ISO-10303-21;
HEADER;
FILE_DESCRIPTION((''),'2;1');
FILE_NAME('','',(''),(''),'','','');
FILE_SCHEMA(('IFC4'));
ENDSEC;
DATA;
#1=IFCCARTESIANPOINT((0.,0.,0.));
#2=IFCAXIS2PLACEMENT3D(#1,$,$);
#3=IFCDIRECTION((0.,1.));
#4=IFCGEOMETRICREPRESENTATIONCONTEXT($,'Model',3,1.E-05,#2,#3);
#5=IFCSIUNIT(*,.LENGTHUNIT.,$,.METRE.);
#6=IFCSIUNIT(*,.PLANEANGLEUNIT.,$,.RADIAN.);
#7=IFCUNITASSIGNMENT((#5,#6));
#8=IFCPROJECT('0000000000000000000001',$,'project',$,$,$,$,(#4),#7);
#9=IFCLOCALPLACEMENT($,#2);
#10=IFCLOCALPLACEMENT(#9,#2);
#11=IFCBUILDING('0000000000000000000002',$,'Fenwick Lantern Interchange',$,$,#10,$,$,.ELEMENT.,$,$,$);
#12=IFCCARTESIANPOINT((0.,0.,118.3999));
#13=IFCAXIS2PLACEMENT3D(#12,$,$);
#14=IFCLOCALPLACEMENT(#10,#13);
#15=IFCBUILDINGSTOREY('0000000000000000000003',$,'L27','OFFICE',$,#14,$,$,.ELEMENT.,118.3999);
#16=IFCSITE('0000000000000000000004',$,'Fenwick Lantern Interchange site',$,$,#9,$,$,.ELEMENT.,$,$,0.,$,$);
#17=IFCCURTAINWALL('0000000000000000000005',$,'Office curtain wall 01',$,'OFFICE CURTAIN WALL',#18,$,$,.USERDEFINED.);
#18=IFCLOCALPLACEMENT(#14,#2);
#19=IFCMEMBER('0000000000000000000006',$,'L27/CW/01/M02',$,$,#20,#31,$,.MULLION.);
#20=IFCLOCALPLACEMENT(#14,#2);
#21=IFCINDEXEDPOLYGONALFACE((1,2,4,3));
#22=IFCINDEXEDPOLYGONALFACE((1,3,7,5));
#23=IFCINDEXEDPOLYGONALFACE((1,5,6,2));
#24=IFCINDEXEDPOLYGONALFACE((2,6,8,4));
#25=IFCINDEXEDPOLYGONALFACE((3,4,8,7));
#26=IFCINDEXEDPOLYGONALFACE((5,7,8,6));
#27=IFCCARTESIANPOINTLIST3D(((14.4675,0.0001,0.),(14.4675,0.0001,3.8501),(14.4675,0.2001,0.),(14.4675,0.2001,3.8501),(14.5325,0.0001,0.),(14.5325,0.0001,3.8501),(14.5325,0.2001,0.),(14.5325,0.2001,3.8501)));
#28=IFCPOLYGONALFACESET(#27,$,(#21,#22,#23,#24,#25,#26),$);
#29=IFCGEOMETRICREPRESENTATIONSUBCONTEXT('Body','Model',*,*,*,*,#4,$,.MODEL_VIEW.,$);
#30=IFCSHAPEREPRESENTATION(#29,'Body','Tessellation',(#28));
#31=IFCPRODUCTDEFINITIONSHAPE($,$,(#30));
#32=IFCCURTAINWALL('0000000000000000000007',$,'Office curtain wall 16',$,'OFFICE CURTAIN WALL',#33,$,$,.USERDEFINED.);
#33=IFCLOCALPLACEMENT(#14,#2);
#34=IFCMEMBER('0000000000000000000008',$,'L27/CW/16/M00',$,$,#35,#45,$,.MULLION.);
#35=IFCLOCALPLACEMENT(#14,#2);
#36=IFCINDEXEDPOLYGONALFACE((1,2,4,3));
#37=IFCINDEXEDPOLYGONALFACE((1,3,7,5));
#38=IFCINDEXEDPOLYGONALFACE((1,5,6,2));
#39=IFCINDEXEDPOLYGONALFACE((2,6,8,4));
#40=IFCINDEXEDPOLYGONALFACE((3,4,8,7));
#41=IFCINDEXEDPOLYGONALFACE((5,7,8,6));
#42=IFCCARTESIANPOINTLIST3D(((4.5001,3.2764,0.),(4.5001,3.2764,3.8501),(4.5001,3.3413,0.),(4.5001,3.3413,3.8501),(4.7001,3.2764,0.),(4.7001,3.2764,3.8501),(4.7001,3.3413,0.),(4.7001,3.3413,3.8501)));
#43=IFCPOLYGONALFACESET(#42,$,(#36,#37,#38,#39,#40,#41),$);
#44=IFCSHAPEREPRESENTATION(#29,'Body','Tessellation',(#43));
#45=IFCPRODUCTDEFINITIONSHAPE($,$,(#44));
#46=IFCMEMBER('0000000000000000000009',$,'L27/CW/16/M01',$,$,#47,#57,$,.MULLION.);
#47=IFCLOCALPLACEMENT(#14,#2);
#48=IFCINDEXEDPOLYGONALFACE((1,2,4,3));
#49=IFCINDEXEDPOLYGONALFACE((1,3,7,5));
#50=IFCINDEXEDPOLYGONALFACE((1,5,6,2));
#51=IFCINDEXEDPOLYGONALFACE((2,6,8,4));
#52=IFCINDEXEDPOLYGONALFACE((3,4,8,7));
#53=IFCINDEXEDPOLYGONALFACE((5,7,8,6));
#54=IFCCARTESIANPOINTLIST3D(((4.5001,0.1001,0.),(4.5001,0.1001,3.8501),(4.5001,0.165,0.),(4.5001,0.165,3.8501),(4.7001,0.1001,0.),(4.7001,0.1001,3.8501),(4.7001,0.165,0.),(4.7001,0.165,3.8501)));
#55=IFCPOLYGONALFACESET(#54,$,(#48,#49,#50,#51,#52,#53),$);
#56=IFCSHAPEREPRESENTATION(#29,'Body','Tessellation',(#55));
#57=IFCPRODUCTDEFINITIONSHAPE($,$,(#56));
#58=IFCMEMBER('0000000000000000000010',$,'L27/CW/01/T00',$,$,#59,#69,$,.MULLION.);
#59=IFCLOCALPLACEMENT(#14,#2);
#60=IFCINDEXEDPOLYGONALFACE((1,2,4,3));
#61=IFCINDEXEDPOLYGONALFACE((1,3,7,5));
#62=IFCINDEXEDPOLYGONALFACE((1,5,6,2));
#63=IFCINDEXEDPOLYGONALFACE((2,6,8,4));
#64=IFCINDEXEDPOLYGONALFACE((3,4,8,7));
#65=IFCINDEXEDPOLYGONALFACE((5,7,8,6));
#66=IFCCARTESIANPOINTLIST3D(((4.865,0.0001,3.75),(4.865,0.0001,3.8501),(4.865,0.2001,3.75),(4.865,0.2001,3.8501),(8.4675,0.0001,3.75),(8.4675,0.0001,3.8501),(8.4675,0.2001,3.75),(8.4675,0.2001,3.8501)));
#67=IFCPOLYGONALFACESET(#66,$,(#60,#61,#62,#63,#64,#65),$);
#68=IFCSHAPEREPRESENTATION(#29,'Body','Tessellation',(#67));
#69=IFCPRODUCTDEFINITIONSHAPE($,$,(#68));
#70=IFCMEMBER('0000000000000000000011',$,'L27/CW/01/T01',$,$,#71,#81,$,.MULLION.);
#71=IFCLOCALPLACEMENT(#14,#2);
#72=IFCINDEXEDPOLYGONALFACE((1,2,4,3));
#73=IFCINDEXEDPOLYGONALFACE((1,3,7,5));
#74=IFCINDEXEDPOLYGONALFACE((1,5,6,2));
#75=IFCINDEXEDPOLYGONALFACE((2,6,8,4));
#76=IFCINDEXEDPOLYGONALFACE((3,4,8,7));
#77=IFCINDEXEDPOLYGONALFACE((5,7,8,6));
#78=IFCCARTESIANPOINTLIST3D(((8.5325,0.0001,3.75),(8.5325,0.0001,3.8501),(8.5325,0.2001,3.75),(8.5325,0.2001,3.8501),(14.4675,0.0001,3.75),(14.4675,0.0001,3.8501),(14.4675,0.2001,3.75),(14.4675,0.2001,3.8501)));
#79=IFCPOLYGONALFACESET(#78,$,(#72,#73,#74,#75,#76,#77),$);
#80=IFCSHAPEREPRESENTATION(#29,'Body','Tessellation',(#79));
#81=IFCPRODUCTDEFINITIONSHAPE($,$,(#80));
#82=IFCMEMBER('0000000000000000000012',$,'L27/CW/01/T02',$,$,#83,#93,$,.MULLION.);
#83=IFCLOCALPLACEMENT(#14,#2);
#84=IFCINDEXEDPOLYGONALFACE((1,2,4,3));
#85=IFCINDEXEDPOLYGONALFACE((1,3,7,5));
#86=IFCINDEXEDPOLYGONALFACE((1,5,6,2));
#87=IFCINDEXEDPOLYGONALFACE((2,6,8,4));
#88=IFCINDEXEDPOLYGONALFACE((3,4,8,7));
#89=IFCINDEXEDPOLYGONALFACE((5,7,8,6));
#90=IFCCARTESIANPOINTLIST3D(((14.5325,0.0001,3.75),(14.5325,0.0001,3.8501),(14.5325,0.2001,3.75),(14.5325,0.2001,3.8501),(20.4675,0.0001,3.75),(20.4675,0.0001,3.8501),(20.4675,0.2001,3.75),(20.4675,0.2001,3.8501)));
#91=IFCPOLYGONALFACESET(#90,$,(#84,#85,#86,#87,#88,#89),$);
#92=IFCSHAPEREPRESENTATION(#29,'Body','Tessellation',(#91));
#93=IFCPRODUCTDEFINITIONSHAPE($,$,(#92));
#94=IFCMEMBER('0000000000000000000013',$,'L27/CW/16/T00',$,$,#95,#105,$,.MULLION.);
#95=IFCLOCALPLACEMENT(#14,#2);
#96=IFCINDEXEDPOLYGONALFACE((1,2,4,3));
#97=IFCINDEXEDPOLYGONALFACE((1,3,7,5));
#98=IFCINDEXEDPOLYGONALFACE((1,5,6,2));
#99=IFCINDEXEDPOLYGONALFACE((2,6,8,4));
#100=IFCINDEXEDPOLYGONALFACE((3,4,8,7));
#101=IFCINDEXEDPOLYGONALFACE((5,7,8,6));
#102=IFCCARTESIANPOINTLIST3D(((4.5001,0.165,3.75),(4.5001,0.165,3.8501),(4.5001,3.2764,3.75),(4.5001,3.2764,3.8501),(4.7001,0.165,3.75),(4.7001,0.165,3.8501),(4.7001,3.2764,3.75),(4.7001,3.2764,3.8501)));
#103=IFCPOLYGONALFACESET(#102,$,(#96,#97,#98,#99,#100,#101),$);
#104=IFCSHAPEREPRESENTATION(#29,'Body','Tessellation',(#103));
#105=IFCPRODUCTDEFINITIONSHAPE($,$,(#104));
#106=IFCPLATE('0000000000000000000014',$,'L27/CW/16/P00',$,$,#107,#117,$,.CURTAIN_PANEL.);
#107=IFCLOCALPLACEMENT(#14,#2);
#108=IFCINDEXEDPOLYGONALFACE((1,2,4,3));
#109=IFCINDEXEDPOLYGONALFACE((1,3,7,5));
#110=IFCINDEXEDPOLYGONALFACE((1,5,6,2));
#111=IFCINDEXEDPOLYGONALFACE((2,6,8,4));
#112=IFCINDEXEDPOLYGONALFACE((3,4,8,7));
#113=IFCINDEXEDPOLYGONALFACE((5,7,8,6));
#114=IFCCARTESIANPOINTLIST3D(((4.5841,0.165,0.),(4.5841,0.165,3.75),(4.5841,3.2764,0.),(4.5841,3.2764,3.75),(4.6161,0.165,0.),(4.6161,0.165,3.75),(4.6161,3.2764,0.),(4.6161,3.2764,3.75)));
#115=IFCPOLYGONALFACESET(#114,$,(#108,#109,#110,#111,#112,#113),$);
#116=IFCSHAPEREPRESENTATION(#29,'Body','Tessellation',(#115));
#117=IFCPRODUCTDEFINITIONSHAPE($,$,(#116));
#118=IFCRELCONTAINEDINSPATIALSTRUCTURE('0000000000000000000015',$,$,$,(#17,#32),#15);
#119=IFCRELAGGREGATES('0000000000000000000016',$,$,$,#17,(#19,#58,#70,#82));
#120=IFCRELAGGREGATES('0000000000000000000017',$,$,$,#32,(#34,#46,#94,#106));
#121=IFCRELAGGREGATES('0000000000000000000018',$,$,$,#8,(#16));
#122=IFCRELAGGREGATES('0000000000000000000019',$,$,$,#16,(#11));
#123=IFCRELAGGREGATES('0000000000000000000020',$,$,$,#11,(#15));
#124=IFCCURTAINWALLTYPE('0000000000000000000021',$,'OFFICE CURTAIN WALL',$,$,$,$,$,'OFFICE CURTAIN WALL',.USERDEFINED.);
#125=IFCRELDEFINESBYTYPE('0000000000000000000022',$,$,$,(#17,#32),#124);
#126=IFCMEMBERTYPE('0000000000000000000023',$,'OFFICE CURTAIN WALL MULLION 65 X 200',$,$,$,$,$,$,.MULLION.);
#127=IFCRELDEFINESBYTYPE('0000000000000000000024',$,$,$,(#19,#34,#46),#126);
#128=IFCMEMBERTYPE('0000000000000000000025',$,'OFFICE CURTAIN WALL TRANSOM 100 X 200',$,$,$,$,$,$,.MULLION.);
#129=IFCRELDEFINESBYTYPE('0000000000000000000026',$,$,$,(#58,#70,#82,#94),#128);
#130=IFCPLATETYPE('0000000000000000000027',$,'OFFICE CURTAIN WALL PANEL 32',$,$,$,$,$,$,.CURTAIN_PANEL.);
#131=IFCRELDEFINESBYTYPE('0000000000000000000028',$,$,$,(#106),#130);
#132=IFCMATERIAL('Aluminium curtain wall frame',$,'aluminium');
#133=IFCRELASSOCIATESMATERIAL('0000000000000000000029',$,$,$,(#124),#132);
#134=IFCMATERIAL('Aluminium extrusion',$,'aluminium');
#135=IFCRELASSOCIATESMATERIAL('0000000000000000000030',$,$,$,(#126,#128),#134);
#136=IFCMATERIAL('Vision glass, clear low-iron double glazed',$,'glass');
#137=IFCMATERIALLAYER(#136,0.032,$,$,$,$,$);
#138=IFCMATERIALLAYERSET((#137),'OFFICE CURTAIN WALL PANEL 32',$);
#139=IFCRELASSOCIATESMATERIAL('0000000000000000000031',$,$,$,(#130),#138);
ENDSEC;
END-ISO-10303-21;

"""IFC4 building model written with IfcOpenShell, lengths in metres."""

from ifc_helpers import new_model, si_unit, direction, frame, origin, origin_2d, place, context, subcontext, project, spatial, rectangle, extrude, material, layer, layer_set, material_profile, profile_set, type_object, element, aggregate, save


model = new_model("IFC4")

# Units and contexts
model_context = context("Model", 3, precision=1e-05, world=origin(), true_north=direction((0.0, 1.0)))
body_context = subcontext(model_context, "Body", "Model", "MODEL_VIEW")
ifc_project = project(units=[si_unit("LENGTHUNIT", "METRE"), si_unit("PLANEANGLEUNIT", "RADIAN")], contexts=[model_context])

# Site, building, storey
site_placement = place(None, origin())
site = spatial("IfcSite", under=ifc_project, at=site_placement, Name="Fenwick Lantern Interchange site", CompositionType="ELEMENT", RefElevation=0.0)
building_placement = place(site_placement, origin())
building = spatial("IfcBuilding", under=site, at=building_placement, Name="Fenwick Lantern Interchange", CompositionType="ELEMENT")
storey_placement = place(building_placement, frame((0.0, 0.0, 118.3999)))
storey = spatial("IfcBuildingStorey", under=building, at=storey_placement, Name="L27", Description="OFFICE", CompositionType="ELEMENT", Elevation=118.3999)

# Curtain walls, members
ifc_material_1 = material(Name="Aluminium curtain wall frame", Category="aluminium")
curtain_wall_type = type_object("IfcCurtainWallType", Name="OFFICE CURTAIN WALL", ElementType="OFFICE CURTAIN WALL", PredefinedType="USERDEFINED", material=ifc_material_1)
curtain_wall_1_placement = place(storey_placement, origin())
curtain_wall_1 = element("IfcCurtainWall", 1, at=curtain_wall_1_placement, inside=storey, type_object=curtain_wall_type, Name="Office curtain wall 01", ObjectType="OFFICE CURTAIN WALL", PredefinedType="USERDEFINED")
ifc_material_2 = material(Name="Aluminium extrusion", Category="aluminium")
ifc_material_profile_1 = material_profile(ifc_material_2, rectangle(XDim=0.2, YDim=0.0649, at=origin_2d()), Name="OFFICE CURTAIN WALL MULLION 65 X 200")
ifc_profile_set_1 = profile_set([ifc_material_profile_1], Name="Aluminium extrusion")
member_type_1 = type_object("IfcMemberType", Name="OFFICE CURTAIN WALL MULLION 65 X 200", PredefinedType="MULLION", material=ifc_profile_set_1)
member_1_placement = place(storey_placement, frame((14.5, 0.1001, 0.0), z_axis=(0.0, 0.0, 1.0), x_axis=(0.0, 1.0, 0.0)))
member_1 = element("IfcMember", 2, at=member_1_placement, type_object=member_type_1, Name="L27/CW/01/M02", PredefinedType="MULLION", context=body_context, shape_type="SweptSolid", body=[
    extrude(rectangle(XDim=0.2, YDim=0.0649, at=origin_2d()), origin(), (0.0, 0.0, 1.0), 3.8501),
])
curtain_wall_2_placement = place(storey_placement, origin())
curtain_wall_2 = element("IfcCurtainWall", 3, at=curtain_wall_2_placement, inside=storey, type_object=curtain_wall_type, Name="Office curtain wall 16", ObjectType="OFFICE CURTAIN WALL", PredefinedType="USERDEFINED")
member_2_placement = place(storey_placement, frame((4.6001, 3.3088, 0.0), z_axis=(0.0, 0.0, 1.0), x_axis=(1.0, 0.0, 0.0)))
member_2 = element("IfcMember", 4, at=member_2_placement, type_object=member_type_1, Name="L27/CW/16/M00", PredefinedType="MULLION", context=body_context, shape_type="SweptSolid", body=[
    extrude(rectangle(XDim=0.2, YDim=0.0649, at=origin_2d()), origin(), (0.0, 0.0, 1.0), 3.8501),
])
member_3_placement = place(storey_placement, frame((4.6001, 0.1326, 0.0), z_axis=(0.0, 0.0, 1.0), x_axis=(1.0, 0.0, 0.0)))
member_3 = element("IfcMember", 5, at=member_3_placement, type_object=member_type_1, Name="L27/CW/16/M01", PredefinedType="MULLION", context=body_context, shape_type="SweptSolid", body=[
    extrude(rectangle(XDim=0.2, YDim=0.0649, at=origin_2d()), origin(), (0.0, 0.0, 1.0), 3.8501),
])

# Members
ifc_material_profile_2 = material_profile(ifc_material_2, rectangle(XDim=0.2, YDim=0.1001, at=origin_2d()), Name="OFFICE CURTAIN WALL TRANSOM 100 X 200")
ifc_profile_set_2 = profile_set([ifc_material_profile_2], Name="Aluminium extrusion")
member_type_2 = type_object("IfcMemberType", Name="OFFICE CURTAIN WALL TRANSOM 100 X 200", PredefinedType="MULLION", material=ifc_profile_set_2)
member_4_placement = place(storey_placement, frame((4.865, 0.1001, 3.8), z_axis=(1.0, 0.0, 0.0), x_axis=(0.0, 1.0, 0.0)))
member_4 = element("IfcMember", 6, at=member_4_placement, type_object=member_type_2, Name="L27/CW/01/T00", PredefinedType="MULLION", context=body_context, shape_type="SweptSolid", body=[
    extrude(rectangle(XDim=0.2, YDim=0.1001, at=origin_2d()), origin(), (0.0, 0.0, 1.0), 3.6025),
])
member_5_placement = place(storey_placement, frame((8.5325, 0.1001, 3.8), z_axis=(1.0, 0.0, 0.0), x_axis=(0.0, 1.0, 0.0)))
member_5 = element("IfcMember", 7, at=member_5_placement, type_object=member_type_2, Name="L27/CW/01/T01", PredefinedType="MULLION", context=body_context, shape_type="SweptSolid", body=[
    extrude(rectangle(XDim=0.2, YDim=0.1001, at=origin_2d()), origin(), (0.0, 0.0, 1.0), 5.9351),
])
member_6_placement = place(storey_placement, frame((14.5325, 0.1001, 3.8), z_axis=(1.0, 0.0, 0.0), x_axis=(0.0, 1.0, 0.0)))
member_6 = element("IfcMember", 8, at=member_6_placement, type_object=member_type_2, Name="L27/CW/01/T02", PredefinedType="MULLION", context=body_context, shape_type="SweptSolid", body=[
    extrude(rectangle(XDim=0.2, YDim=0.1001, at=origin_2d()), origin(), (0.0, 0.0, 1.0), 5.9351),
])
aggregate(curtain_wall_1, [member_1, member_4, member_5, member_6])
member_7_placement = place(storey_placement, frame((4.6001, 3.2764, 3.8), z_axis=(0.0, -1.0, 0.0), x_axis=(1.0, 0.0, 0.0)))
member_7 = element("IfcMember", 9, at=member_7_placement, type_object=member_type_2, Name="L27/CW/16/T00", PredefinedType="MULLION", context=body_context, shape_type="SweptSolid", body=[
    extrude(rectangle(XDim=0.2, YDim=0.1001, at=origin_2d()), origin(), (0.0, 0.0, 1.0), 3.1113),
])

# Plate
ifc_material_3 = material(Name="Vision glass, clear low-iron double glazed", Category="glass")
ifc_layer_1 = layer(ifc_material_3, 0.032)
ifc_layer_set_1 = layer_set([ifc_layer_1], Name="OFFICE CURTAIN WALL PANEL 32")
plate_type = type_object("IfcPlateType", Name="OFFICE CURTAIN WALL PANEL 32", PredefinedType="CURTAIN_PANEL", material=ifc_layer_set_1)
plate_placement = place(storey_placement, frame((4.6001, 1.7207, 0.0), z_axis=(0.0, 0.0, 1.0), x_axis=(0.0, -1.0, 0.0)))
plate = element("IfcPlate", 10, at=plate_placement, type_object=plate_type, Name="L27/CW/16/P00", PredefinedType="CURTAIN_PANEL", context=body_context, shape_type="SweptSolid", body=[
    extrude(rectangle(XDim=3.1113, YDim=0.032, at=origin_2d()), origin(), (0.0, 0.0, 1.0), 3.75),
])
aggregate(curtain_wall_2, [member_2, member_3, member_7, plate])

save(model, "model.ifc")
